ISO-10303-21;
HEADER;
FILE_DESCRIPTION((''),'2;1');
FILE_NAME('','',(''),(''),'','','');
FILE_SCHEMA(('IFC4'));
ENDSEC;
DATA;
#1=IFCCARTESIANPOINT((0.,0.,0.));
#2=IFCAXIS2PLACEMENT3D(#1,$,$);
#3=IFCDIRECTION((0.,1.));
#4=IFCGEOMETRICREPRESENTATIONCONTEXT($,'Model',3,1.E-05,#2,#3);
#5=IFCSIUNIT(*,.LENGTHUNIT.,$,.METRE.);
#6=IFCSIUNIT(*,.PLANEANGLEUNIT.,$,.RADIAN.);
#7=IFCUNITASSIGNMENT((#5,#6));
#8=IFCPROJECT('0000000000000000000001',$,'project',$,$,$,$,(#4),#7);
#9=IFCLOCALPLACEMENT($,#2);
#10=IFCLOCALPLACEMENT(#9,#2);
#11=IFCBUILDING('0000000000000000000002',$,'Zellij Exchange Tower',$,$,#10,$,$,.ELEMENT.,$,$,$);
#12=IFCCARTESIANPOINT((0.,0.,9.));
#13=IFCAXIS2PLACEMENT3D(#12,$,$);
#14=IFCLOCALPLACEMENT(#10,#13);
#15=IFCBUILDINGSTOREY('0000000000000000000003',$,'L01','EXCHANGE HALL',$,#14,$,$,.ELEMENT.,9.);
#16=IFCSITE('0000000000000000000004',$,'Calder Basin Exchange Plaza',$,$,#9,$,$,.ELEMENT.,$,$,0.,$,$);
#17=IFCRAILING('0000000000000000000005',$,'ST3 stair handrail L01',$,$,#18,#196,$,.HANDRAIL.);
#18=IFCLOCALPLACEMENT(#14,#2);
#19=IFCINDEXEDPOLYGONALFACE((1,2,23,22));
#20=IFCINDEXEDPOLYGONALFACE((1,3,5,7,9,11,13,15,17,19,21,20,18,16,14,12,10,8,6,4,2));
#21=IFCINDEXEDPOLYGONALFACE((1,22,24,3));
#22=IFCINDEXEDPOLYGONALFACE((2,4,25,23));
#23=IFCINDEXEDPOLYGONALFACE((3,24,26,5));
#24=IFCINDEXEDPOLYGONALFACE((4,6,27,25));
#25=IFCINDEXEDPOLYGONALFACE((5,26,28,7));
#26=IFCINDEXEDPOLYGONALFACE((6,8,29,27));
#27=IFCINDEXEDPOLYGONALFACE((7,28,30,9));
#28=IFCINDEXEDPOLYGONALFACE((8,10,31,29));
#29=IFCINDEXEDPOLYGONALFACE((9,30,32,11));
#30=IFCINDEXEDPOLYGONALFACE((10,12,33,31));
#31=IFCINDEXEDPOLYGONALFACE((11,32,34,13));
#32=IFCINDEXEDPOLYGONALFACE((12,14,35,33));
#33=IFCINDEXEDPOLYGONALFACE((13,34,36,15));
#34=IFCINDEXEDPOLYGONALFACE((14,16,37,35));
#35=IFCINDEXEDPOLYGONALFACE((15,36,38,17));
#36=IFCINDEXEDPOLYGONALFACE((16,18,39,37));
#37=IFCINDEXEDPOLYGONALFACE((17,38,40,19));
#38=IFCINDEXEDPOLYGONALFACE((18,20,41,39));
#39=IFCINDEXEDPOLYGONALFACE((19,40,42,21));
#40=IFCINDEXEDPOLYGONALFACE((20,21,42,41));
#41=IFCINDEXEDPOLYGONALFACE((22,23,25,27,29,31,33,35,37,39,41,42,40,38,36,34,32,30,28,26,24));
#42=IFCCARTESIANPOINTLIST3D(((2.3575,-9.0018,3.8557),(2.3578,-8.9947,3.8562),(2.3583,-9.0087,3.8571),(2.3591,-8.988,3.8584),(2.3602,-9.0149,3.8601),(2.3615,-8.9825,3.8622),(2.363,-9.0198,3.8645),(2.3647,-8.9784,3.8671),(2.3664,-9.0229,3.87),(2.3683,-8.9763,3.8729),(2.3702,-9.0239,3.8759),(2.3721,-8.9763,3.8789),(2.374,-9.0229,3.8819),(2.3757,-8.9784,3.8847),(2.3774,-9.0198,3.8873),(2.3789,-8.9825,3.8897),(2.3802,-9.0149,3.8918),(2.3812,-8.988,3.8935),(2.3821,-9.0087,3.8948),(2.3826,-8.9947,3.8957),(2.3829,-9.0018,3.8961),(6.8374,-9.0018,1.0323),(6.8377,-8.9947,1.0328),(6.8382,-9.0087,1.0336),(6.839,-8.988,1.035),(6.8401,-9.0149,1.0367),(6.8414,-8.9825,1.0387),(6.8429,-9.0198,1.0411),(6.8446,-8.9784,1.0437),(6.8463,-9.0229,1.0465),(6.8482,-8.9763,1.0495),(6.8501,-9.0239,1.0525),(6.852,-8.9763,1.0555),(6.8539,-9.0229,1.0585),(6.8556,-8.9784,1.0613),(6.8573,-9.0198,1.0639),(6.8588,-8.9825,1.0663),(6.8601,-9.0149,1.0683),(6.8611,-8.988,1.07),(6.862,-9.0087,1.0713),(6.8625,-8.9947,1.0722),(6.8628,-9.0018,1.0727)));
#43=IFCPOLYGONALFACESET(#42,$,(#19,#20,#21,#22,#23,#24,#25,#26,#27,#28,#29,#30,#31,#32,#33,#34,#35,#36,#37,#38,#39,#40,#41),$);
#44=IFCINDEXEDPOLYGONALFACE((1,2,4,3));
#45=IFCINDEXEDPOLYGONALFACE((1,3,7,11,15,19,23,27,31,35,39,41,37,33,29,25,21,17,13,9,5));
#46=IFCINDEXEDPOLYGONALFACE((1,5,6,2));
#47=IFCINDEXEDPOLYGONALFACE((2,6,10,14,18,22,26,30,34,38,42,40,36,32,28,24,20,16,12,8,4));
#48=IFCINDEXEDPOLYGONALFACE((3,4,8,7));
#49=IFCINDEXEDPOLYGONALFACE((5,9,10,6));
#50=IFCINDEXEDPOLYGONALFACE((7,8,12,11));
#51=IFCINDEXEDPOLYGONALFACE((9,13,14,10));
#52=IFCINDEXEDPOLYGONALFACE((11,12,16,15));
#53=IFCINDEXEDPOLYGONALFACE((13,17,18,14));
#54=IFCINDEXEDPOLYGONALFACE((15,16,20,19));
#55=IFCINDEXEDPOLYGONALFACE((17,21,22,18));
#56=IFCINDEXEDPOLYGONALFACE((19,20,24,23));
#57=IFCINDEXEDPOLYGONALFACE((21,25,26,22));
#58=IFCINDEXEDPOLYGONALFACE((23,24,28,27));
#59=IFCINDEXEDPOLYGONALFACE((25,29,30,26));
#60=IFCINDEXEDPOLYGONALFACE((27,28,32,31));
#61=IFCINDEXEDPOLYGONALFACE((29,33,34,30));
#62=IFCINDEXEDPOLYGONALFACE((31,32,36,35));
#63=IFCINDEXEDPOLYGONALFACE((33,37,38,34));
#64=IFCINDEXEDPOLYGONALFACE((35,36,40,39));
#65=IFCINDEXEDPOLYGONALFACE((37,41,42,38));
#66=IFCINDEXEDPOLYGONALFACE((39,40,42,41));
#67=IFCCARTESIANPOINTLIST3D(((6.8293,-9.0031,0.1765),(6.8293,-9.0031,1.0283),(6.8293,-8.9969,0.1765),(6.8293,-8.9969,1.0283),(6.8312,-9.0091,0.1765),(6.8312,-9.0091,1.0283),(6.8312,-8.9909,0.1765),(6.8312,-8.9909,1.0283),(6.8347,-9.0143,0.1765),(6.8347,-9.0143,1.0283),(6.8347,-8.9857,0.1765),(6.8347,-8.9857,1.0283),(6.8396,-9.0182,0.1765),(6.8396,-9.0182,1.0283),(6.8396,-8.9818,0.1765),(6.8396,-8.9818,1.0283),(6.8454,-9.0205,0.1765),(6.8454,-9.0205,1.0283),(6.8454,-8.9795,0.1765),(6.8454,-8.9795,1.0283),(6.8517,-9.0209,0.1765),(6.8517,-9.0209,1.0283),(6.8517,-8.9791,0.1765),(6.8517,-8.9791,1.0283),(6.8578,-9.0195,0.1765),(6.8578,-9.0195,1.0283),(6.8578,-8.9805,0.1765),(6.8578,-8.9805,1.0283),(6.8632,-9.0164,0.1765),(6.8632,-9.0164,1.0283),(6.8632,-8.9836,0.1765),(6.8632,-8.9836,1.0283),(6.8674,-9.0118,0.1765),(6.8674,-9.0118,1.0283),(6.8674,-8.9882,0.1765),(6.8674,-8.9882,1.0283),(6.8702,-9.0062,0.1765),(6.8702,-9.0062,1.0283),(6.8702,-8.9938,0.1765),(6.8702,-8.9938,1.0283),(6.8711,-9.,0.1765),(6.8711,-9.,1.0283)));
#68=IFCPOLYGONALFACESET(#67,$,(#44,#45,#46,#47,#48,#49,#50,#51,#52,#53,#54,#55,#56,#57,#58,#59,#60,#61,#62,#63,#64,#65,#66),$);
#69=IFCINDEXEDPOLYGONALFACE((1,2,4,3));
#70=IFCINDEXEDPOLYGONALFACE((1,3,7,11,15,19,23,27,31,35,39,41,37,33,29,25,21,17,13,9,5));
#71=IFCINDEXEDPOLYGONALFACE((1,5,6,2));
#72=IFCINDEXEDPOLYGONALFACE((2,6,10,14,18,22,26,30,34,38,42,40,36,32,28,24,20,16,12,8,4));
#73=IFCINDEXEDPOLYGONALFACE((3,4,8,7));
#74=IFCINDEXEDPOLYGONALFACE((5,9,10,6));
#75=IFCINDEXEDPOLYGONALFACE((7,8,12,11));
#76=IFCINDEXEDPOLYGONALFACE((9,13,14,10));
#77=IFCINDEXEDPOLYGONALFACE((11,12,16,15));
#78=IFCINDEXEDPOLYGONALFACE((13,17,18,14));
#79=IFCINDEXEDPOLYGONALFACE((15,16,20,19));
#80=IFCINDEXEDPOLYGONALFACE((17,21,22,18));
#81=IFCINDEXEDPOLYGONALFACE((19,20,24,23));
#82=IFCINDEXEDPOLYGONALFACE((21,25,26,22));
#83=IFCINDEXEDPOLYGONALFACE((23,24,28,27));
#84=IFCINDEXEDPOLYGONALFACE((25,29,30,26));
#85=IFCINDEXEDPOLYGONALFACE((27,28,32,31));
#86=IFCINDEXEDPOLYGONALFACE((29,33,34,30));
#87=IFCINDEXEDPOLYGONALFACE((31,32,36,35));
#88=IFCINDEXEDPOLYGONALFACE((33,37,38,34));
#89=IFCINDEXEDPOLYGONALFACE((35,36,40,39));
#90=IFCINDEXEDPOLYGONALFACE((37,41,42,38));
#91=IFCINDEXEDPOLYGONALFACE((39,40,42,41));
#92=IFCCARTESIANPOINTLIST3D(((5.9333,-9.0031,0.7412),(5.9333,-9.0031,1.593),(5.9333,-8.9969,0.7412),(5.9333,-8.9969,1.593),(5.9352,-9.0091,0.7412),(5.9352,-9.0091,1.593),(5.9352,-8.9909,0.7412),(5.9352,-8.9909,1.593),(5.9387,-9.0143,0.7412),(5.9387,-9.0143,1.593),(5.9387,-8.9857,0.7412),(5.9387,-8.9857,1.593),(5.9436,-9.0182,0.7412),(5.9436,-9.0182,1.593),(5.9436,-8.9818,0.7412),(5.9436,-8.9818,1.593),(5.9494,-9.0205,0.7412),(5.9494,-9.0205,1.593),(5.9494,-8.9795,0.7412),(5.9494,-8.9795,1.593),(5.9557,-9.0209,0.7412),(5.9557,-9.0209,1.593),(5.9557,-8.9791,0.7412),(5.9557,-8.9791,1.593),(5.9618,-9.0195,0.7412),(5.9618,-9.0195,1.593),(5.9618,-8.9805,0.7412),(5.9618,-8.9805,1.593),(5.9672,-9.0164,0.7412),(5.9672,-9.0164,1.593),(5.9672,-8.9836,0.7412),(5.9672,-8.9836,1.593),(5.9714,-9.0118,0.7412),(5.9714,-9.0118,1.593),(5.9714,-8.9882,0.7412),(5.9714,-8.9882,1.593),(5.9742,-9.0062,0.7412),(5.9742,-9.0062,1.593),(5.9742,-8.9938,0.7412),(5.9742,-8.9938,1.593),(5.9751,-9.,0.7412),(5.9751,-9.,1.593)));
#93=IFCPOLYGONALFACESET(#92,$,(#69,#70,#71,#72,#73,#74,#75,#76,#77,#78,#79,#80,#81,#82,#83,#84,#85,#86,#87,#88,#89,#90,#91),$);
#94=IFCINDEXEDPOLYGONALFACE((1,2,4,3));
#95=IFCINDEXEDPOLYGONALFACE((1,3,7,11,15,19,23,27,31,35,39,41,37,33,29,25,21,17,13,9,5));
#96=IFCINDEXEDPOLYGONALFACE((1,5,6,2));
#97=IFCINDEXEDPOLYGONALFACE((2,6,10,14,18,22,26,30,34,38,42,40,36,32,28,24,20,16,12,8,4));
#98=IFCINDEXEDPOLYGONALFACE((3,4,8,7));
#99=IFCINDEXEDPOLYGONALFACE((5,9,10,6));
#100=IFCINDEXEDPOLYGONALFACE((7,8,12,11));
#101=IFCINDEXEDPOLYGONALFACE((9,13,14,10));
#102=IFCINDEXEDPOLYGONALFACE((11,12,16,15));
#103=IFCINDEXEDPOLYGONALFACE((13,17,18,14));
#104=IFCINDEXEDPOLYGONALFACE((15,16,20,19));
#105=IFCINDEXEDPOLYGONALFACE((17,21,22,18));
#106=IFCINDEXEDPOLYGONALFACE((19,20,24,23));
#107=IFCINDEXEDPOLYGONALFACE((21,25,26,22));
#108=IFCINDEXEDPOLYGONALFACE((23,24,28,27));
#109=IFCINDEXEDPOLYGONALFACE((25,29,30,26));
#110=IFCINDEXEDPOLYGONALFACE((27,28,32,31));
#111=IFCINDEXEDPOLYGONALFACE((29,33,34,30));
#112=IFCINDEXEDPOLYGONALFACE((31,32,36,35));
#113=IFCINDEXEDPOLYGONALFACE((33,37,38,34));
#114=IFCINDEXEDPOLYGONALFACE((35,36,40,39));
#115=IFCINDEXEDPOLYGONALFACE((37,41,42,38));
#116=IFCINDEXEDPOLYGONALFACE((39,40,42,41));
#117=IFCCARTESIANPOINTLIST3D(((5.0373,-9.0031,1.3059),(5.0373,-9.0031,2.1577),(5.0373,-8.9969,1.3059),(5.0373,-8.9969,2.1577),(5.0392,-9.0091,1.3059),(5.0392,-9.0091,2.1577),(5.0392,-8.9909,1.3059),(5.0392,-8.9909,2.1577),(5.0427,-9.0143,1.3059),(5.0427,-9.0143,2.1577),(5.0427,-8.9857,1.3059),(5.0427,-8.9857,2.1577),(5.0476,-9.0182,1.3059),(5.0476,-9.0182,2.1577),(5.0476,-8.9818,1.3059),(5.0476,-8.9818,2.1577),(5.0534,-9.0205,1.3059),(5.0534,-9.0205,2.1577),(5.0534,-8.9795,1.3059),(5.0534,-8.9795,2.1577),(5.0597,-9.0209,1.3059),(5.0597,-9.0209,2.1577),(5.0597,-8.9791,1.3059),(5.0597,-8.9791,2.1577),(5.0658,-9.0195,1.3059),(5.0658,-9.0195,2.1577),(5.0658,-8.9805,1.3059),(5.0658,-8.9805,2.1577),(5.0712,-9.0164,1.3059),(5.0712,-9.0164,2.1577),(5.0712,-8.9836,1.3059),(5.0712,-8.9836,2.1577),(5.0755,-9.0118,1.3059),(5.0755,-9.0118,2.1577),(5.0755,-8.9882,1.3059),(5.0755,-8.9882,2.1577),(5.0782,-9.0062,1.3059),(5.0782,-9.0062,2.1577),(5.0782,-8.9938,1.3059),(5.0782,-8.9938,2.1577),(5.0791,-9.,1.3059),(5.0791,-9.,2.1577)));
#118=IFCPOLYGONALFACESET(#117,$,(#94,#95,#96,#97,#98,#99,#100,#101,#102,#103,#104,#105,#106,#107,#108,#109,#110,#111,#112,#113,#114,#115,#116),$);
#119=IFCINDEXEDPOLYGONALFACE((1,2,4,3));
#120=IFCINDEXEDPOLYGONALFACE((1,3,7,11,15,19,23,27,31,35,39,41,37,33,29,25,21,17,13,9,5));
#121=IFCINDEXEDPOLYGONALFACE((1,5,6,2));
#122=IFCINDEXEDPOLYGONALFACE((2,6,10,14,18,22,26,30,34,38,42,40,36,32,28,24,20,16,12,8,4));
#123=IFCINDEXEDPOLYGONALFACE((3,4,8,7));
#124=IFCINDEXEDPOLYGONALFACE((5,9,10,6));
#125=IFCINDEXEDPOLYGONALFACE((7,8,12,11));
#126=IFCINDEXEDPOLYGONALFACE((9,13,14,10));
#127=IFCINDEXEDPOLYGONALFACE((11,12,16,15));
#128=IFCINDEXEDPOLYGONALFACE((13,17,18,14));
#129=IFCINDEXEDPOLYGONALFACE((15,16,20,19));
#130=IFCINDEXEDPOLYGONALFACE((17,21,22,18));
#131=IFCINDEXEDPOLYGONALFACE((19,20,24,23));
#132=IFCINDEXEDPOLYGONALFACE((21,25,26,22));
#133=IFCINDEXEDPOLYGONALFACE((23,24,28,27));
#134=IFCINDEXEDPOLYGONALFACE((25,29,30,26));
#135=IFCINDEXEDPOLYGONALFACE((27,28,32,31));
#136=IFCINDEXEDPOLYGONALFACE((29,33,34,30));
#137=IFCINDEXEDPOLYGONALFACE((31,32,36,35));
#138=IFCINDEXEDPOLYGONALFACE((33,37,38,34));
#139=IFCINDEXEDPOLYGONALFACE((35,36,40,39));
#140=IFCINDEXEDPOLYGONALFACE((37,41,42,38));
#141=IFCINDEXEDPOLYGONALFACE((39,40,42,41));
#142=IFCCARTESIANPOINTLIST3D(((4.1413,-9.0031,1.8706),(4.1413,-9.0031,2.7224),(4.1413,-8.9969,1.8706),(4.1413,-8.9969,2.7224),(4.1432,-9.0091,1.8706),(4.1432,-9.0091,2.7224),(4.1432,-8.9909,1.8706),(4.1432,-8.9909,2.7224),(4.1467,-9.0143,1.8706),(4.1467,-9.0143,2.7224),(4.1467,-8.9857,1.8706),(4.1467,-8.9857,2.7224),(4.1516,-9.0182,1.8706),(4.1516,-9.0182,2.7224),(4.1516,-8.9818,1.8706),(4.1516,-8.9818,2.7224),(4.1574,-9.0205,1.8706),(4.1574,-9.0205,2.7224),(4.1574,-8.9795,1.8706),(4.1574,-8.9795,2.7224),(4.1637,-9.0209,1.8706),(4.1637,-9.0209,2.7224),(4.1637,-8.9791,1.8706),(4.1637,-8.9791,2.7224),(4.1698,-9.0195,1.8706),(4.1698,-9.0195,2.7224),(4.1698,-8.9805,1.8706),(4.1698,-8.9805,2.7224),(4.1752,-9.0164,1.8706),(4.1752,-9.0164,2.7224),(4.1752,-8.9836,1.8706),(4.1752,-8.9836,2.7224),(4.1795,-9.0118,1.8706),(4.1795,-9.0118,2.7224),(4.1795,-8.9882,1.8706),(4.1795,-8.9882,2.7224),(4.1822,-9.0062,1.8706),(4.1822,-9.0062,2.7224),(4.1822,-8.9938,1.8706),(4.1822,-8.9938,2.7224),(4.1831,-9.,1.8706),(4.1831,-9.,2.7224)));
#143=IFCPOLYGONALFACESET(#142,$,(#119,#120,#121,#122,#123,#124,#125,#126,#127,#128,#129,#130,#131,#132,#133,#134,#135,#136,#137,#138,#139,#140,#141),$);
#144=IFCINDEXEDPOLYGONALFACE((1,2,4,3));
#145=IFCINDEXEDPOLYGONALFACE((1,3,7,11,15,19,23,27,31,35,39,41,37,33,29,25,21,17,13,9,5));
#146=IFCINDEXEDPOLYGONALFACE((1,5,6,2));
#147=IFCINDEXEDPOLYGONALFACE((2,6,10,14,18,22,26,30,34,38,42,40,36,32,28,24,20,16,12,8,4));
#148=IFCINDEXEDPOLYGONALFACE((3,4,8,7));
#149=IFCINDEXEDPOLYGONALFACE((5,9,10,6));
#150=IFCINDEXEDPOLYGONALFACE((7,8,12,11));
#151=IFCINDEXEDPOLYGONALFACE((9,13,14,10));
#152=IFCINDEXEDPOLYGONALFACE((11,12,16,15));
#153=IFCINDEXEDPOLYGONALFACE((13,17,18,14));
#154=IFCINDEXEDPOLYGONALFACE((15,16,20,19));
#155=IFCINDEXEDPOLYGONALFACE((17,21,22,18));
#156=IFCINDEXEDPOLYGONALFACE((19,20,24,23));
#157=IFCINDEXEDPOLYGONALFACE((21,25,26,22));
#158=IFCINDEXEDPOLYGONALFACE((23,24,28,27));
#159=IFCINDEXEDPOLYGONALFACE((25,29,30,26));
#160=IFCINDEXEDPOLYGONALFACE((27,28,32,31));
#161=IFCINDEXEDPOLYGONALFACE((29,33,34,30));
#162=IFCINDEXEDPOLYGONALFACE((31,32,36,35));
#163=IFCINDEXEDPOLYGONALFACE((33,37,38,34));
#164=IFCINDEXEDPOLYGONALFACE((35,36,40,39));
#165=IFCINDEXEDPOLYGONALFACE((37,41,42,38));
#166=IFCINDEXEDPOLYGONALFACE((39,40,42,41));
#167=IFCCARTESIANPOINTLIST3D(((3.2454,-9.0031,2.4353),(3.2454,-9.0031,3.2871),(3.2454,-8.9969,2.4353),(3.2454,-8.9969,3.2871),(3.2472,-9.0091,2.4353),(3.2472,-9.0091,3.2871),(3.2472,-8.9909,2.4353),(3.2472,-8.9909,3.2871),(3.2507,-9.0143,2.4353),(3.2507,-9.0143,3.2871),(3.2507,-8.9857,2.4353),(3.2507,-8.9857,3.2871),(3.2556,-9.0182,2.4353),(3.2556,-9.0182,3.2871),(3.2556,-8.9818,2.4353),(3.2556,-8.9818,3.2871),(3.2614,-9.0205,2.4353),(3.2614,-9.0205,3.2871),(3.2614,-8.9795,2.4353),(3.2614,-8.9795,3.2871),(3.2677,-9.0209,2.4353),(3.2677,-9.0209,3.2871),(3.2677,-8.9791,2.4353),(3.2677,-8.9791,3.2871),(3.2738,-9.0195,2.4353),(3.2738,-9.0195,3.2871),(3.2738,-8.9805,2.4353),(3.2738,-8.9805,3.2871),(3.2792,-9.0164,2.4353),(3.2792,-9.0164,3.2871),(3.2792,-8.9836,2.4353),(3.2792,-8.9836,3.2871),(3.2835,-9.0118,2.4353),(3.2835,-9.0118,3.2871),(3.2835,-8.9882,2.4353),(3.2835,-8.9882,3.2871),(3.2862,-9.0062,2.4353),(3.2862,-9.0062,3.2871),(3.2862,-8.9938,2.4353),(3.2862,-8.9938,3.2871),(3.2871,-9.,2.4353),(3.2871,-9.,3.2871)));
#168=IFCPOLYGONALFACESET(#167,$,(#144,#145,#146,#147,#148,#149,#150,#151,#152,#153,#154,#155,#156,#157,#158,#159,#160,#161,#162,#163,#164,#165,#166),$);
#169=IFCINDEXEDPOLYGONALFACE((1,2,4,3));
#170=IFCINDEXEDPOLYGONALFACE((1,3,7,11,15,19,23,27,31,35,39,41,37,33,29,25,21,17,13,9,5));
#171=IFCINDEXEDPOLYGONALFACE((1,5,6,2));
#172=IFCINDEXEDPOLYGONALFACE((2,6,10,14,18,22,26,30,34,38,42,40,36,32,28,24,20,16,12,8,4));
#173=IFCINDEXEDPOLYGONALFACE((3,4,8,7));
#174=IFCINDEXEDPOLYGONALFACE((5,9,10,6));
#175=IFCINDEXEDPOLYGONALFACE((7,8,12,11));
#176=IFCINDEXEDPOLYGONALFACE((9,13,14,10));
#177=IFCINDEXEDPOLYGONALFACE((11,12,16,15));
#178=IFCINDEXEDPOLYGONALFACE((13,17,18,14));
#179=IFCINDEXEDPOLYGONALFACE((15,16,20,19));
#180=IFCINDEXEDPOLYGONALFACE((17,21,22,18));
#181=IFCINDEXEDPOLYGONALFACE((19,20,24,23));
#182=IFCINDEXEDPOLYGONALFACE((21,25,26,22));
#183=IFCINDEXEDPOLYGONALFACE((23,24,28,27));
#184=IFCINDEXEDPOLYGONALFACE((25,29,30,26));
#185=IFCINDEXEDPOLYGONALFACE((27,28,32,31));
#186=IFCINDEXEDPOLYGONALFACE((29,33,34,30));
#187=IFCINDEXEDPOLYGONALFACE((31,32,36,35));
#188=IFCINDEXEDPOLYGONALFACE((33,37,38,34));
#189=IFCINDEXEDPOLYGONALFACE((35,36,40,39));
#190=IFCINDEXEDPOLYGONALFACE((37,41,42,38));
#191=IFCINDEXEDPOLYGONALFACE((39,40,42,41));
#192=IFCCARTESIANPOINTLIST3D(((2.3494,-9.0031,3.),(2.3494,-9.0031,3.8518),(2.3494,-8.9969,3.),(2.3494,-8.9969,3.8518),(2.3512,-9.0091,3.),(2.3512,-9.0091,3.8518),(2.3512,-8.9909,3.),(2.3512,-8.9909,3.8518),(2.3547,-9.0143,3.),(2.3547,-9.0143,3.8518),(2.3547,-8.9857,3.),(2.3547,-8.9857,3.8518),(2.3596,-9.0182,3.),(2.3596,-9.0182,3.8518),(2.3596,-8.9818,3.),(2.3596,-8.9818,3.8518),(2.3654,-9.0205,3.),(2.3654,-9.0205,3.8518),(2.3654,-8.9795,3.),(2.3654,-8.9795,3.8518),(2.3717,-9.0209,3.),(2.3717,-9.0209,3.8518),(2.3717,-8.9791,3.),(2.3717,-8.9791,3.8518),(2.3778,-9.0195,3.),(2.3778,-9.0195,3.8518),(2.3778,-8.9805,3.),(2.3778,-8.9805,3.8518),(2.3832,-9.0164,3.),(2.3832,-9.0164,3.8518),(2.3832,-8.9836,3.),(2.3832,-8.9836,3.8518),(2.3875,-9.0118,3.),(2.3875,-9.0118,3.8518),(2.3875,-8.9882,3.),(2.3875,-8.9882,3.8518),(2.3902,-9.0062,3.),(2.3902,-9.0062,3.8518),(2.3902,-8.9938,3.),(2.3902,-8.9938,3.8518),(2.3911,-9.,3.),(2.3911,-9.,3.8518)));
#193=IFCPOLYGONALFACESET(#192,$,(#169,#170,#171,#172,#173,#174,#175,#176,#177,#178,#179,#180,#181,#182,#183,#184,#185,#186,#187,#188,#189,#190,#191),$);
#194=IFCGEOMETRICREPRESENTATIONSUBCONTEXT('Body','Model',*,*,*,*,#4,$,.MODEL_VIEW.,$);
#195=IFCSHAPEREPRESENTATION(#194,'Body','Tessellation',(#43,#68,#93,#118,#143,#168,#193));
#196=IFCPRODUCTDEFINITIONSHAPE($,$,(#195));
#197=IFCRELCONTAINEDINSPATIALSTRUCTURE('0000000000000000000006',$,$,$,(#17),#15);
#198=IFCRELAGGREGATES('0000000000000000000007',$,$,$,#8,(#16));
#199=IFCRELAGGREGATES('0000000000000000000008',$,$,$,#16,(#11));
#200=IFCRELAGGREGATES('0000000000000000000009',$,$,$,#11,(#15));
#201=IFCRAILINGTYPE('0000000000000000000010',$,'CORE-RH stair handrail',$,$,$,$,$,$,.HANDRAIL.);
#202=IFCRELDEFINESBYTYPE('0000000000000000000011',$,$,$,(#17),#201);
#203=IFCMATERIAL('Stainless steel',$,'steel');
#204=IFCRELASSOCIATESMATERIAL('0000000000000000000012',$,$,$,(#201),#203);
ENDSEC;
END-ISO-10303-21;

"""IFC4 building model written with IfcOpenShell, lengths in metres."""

from ifc_helpers import new_model, si_unit, direction, frame, origin, origin_2d, place, context, subcontext, project, spatial, circle, extrude, material, type_object, element, save


model = new_model("IFC4")

# Units and contexts
model_context = context("Model", 3, precision=1e-05, world=origin(), true_north=direction((0.0, 1.0)))
body_context = subcontext(model_context, "Body", "Model", "MODEL_VIEW")
ifc_project = project(units=[si_unit("LENGTHUNIT", "METRE"), si_unit("PLANEANGLEUNIT", "RADIAN")], contexts=[model_context])

# Site, building, storey
site_placement = place(None, origin())
site = spatial("IfcSite", under=ifc_project, at=site_placement, Name="Calder Basin Exchange Plaza", CompositionType="ELEMENT", RefElevation=0.0)
building_placement = place(site_placement, origin())
building = spatial("IfcBuilding", under=site, at=building_placement, Name="Zellij Exchange Tower", CompositionType="ELEMENT")
storey_placement = place(building_placement, frame((0.0, 0.0, 9.0)))
storey = spatial("IfcBuildingStorey", under=building, at=storey_placement, Name="L01", Description="EXCHANGE HALL", CompositionType="ELEMENT", Elevation=9.0)

# Railing
ifc_material_1 = material(Name="Stainless steel", Category="steel")
railing_type_1 = type_object("IfcRailingType", Name="CORE-RH stair handrail", PredefinedType="HANDRAIL", material=ifc_material_1)
railing_1_placement = place(storey_placement, frame((6.8501, -9.0, 0.1765)))
element("IfcRailing", 1, at=railing_1_placement, inside=storey, type_object=railing_type_1, Name="ST3 stair handrail L01", PredefinedType="HANDRAIL", context=body_context, shape_type="SweptSolid", body=[
    extrude(circle(Radius=0.0239, at=origin_2d()), frame((0.0, 0.0, 0.876), z_axis=(-0.845998, 0.0, 0.533186), x_axis=(0.0, -1.0, 0.0)), (0.0, 0.0, 1.0), 5.2954),
    extrude(circle(Radius=0.021, at=origin_2d()), origin(), (0.0, 0.0, 1.0), 0.8518),
    extrude(circle(Radius=0.021, at=origin_2d()), frame((-0.896, 0.0, 0.5647)), (0.0, 0.0, 1.0), 0.8518),
    extrude(circle(Radius=0.021, at=origin_2d()), frame((-1.792, 0.0, 1.1294)), (0.0, 0.0, 1.0), 0.8518),
    extrude(circle(Radius=0.021, at=origin_2d()), frame((-2.688, 0.0, 1.6941)), (0.0, 0.0, 1.0), 0.8518),
    extrude(circle(Radius=0.021, at=origin_2d()), frame((-3.584, 0.0, 2.2588)), (0.0, 0.0, 1.0), 0.8518),
    extrude(circle(Radius=0.021, at=origin_2d()), frame((-4.48, 0.0, 2.8235)), (0.0, 0.0, 1.0), 0.8518),
])

save(model, "model.ifc")
